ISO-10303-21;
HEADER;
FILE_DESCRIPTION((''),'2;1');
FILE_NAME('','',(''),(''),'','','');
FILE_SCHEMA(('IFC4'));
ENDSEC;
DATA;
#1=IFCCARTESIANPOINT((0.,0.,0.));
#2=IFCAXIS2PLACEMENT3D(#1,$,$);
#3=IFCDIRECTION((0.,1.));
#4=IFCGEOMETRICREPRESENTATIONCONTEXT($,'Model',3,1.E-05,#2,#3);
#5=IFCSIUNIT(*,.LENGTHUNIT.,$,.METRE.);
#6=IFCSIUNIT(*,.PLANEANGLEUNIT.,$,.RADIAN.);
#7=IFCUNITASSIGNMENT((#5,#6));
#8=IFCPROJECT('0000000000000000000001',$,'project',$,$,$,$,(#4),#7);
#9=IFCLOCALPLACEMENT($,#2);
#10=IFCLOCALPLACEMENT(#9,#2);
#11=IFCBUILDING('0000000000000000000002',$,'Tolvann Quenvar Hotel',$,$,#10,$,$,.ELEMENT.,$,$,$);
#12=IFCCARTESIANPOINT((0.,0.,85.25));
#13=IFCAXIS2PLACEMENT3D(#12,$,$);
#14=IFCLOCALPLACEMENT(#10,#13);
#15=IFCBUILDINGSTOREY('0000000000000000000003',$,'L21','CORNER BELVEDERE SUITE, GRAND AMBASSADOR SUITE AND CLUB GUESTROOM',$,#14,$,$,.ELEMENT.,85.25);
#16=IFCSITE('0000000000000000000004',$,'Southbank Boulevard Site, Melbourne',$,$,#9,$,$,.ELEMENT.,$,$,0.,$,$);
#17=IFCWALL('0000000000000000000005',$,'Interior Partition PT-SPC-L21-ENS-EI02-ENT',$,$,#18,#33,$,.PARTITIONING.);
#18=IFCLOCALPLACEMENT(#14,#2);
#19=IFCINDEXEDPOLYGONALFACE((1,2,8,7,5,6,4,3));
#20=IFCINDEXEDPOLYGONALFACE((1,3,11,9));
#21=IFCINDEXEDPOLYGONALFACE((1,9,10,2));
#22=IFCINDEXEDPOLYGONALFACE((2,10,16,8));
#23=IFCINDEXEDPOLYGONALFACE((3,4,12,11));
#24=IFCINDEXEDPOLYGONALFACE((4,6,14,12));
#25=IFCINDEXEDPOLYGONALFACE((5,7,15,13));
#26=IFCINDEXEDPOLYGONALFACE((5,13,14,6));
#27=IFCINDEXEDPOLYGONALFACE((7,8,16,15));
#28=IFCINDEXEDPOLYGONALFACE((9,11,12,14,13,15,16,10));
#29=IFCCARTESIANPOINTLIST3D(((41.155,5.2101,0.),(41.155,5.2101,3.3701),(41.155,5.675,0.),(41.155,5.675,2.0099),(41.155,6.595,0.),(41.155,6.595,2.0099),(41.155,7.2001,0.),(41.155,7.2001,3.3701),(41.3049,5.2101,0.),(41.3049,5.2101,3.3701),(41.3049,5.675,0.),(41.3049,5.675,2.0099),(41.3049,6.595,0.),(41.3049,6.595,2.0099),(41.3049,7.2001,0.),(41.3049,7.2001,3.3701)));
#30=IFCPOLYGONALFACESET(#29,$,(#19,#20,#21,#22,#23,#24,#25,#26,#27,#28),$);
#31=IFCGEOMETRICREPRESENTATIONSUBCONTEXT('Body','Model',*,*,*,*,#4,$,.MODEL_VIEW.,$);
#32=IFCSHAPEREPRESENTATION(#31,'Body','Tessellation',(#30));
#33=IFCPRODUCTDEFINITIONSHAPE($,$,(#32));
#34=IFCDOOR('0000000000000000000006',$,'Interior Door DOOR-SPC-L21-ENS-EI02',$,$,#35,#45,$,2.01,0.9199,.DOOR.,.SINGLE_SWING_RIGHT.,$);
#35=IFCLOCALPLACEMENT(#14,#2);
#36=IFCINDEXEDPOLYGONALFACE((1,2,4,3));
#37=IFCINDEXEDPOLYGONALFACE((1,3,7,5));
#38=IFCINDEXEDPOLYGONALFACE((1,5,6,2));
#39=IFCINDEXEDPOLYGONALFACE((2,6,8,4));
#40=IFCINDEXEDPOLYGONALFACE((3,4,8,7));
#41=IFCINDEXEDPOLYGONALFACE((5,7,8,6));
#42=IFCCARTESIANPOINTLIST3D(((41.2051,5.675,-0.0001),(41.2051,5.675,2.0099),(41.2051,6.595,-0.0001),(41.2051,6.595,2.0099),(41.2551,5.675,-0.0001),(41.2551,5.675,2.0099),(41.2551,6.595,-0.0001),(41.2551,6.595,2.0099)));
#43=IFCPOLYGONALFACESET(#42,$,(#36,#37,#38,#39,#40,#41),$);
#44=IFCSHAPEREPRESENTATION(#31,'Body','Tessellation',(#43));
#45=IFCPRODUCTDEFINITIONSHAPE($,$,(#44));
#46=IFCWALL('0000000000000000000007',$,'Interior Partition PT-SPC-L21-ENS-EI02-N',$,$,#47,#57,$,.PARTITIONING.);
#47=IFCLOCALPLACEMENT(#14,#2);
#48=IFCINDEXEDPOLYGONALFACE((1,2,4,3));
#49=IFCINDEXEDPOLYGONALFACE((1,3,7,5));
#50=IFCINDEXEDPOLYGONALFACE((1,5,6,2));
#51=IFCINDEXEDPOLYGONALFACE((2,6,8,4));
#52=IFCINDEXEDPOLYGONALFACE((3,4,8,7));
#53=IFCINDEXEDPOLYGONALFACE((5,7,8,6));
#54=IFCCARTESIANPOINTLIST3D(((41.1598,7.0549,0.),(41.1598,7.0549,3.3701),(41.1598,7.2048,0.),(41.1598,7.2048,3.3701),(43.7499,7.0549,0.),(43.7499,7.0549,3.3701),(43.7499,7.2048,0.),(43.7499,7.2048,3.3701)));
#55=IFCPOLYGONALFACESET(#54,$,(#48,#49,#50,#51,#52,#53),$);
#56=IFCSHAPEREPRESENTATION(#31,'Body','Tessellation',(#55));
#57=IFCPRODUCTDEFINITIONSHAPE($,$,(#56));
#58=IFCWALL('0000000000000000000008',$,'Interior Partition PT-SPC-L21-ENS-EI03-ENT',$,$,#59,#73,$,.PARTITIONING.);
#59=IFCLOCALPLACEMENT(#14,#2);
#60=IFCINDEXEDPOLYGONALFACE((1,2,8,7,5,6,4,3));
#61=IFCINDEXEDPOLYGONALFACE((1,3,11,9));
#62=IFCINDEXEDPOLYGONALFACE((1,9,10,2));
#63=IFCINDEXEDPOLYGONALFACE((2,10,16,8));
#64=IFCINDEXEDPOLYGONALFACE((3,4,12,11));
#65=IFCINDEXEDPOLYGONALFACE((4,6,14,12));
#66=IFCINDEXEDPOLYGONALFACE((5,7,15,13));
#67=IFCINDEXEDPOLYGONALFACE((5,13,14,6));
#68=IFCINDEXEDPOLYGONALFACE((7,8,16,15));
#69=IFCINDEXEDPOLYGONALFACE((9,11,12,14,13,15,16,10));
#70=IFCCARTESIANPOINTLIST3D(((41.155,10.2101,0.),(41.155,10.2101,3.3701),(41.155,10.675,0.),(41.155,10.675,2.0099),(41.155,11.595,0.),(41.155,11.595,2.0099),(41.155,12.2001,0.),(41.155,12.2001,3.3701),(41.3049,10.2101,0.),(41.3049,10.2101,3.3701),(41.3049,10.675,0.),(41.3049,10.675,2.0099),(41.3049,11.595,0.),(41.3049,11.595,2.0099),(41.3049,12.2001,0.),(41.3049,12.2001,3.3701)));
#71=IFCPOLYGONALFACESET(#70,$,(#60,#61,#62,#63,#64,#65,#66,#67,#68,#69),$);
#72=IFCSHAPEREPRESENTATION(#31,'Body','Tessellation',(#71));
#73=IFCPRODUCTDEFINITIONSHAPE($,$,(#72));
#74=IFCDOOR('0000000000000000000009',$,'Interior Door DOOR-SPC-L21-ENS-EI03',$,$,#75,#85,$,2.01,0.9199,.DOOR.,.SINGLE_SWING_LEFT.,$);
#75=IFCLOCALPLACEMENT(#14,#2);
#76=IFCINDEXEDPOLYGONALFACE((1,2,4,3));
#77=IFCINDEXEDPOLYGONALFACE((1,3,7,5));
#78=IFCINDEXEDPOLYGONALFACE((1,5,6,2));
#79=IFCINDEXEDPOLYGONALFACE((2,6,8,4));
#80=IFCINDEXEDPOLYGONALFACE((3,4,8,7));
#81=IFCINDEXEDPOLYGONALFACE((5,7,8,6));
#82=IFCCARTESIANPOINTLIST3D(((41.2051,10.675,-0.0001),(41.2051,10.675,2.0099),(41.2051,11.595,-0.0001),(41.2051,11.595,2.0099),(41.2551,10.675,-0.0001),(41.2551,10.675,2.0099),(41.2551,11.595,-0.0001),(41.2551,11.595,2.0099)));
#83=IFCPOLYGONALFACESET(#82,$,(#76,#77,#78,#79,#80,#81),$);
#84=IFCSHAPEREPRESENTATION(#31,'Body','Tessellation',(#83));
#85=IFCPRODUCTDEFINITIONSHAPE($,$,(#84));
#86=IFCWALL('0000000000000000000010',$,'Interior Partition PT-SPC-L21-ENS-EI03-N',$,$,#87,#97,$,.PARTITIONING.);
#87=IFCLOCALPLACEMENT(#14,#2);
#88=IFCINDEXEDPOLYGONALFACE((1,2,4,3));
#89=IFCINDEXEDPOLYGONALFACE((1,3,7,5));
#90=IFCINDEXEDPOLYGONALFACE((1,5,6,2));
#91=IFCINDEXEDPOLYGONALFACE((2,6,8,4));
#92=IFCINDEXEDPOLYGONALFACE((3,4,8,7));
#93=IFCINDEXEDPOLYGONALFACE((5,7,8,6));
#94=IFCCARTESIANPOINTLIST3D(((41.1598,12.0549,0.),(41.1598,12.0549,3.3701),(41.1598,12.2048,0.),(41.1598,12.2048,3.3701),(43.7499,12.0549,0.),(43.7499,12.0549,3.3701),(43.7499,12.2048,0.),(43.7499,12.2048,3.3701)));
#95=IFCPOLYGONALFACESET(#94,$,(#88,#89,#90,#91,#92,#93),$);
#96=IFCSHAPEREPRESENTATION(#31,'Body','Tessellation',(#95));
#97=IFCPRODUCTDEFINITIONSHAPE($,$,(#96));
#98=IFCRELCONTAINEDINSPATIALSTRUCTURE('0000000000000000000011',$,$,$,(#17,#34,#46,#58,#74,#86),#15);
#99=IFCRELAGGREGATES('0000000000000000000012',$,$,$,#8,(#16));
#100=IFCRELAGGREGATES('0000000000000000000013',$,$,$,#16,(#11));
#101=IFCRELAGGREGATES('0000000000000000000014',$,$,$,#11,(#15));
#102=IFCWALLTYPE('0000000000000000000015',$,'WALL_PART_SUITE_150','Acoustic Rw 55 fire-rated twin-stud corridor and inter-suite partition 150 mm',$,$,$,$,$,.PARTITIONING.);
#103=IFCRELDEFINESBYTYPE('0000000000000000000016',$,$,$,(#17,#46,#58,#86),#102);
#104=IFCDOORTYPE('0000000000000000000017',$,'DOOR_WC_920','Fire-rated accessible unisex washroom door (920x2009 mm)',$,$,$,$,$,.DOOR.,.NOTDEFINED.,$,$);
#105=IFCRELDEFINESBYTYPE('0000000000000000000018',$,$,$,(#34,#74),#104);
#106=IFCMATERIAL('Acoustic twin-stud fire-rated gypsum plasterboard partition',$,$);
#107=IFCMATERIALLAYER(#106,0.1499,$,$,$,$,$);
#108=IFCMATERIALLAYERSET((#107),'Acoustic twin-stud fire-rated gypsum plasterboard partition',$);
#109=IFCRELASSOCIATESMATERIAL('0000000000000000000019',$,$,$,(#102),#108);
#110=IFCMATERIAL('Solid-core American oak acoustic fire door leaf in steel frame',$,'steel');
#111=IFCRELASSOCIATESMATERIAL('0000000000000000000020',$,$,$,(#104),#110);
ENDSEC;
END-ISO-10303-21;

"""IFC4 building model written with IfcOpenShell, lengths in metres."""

from ifc_helpers import new_model, si_unit, direction, frame, frame_2d, origin, place, context, subcontext, project, spatial, rectangle, extrude, source, transform, mapped, material, layer, layer_set, type_object, type_shapes, element, fill, save


model = new_model("IFC4")

# Units and contexts
model_context = context("Model", 3, precision=1e-05, world=origin(), true_north=direction((0.0, 1.0)))
body_context = subcontext(model_context, "Body", "Model", "MODEL_VIEW")
ifc_project = project(units=[si_unit("LENGTHUNIT", "METRE"), si_unit("PLANEANGLEUNIT", "RADIAN")], contexts=[model_context])

# Site, building, storey
site_placement = place(None, origin())
site = spatial("IfcSite", under=ifc_project, at=site_placement, Name="Southbank Boulevard Site, Melbourne", CompositionType="ELEMENT", RefElevation=0.0)
building_placement = place(site_placement, origin())
building = spatial("IfcBuilding", under=site, at=building_placement, Name="Tolvann Quenvar Hotel", CompositionType="ELEMENT")
storey_placement = place(building_placement, frame((0.0, 0.0, 85.25)))
storey = spatial("IfcBuildingStorey", under=building, at=storey_placement, Name="L21", Description="CORNER BELVEDERE SUITE, GRAND AMBASSADOR SUITE AND CLUB GUESTROOM", CompositionType="ELEMENT", Elevation=85.25)

# Shared definitions
ifc_material_1 = material(Name="Acoustic twin-stud fire-rated gypsum plasterboard partition")
ifc_layer_1 = layer(ifc_material_1, 0.1499)
ifc_layer_set_1 = layer_set([ifc_layer_1], Name="Acoustic twin-stud fire-rated gypsum plasterboard partition")
wall_type_1 = type_object("IfcWallType", Name="WALL_PART_SUITE_150", Description="Acoustic Rw 55 fire-rated twin-stud corridor and inter-suite partition 150 mm", PredefinedType="PARTITIONING", material=ifc_layer_set_1)
ifc_material_2 = material(Name="Solid-core American oak acoustic fire door leaf in steel frame", Category="steel")
door_type_1 = type_object("IfcDoorType", Name="DOOR_WC_920", Description="Fire-rated accessible unisex washroom door (920x2009 mm)", OperationType="NOTDEFINED", PredefinedType="DOOR", material=ifc_material_2)
shared_shape_1 = source(origin(), body_context, "Body", "SweptSolid", [
    extrude(rectangle(XDim=0.9199, YDim=2.01, at=frame_2d((0.46, 1.0049))), frame((0.0, 0.0249, 0.0), z_axis=(0.0, -1.0, 0.0), x_axis=(1.0, 0.0, 0.0)), (0.0, 0.0, 1.0), 0.05),
])
type_shapes(door_type_1, [shared_shape_1])

# Wall, opening, door
wall_1_placement = place(storey_placement, frame((41.23, 5.21, 0.0), z_axis=(0.0, 0.0, 1.0), x_axis=(0.0, 1.0, 0.0)))
wall_1 = element("IfcWall", 1, at=wall_1_placement, inside=storey, type_object=wall_type_1, Name="Interior Partition PT-SPC-L21-ENS-EI02-ENT", PredefinedType="PARTITIONING", context=body_context, shape_type="SweptSolid", body=[
    extrude(rectangle(XDim=1.99, YDim=0.1499, at=frame_2d((0.9951, 0.0))), origin(), (0.0, 0.0, 1.0), 3.3701),
])
opening_1_placement = place(wall_1_placement, frame((0.4651, 0.0, 0.0)))
opening_1 = element("IfcOpeningElement", 2, at=opening_1_placement, cuts=wall_1, PredefinedType="OPENING", context=body_context, shape_type="SweptSolid", body=[
    extrude(rectangle(XDim=0.9199, YDim=2.01, at=frame_2d((0.46, 1.0049))), frame((0.0, 0.085, 0.0), z_axis=(0.0, -1.0, 0.0), x_axis=(1.0, 0.0, 0.0)), (0.0, 0.0, 1.0), 0.1699),
])
door_1_placement = place(opening_1_placement, origin())
door_1 = element("IfcDoor", 3, at=door_1_placement, inside=storey, type_object=door_type_1, Name="Interior Door DOOR-SPC-L21-ENS-EI02", OperationType="SINGLE_SWING_RIGHT", OverallHeight=2.01, OverallWidth=0.9199, PredefinedType="DOOR", context=body_context, shape_type="MappedRepresentation", body=[
    mapped(shared_shape_1, transform((0.0, 0.0, 0.0), x_axis=(1.0, 0.0, 0.0), y_axis=(0.0, 1.0, 0.0), z_axis=(0.0, 0.0, 1.0), scale=1.0)),
])
fill(opening_1, door_1)

# Wall
wall_2_placement = place(storey_placement, frame((41.1599, 7.1299, 0.0), z_axis=(0.0, 0.0, 1.0), x_axis=(1.0, 0.0, 0.0)))
element("IfcWall", 4, at=wall_2_placement, inside=storey, type_object=wall_type_1, Name="Interior Partition PT-SPC-L21-ENS-EI02-N", PredefinedType="PARTITIONING", context=body_context, shape_type="SweptSolid", body=[
    extrude(rectangle(XDim=2.5901, YDim=0.1499, at=frame_2d((1.2949, 0.0))), origin(), (0.0, 0.0, 1.0), 3.3701),
])

# Wall, opening, door
wall_3_placement = place(storey_placement, frame((41.23, 10.21, 0.0), z_axis=(0.0, 0.0, 1.0), x_axis=(0.0, 1.0, 0.0)))
wall_3 = element("IfcWall", 5, at=wall_3_placement, inside=storey, type_object=wall_type_1, Name="Interior Partition PT-SPC-L21-ENS-EI03-ENT", PredefinedType="PARTITIONING", context=body_context, shape_type="SweptSolid", body=[
    extrude(rectangle(XDim=1.99, YDim=0.1499, at=frame_2d((0.9951, 0.0))), origin(), (0.0, 0.0, 1.0), 3.3701),
])
opening_2_placement = place(wall_3_placement, frame((0.4651, 0.0, 0.0)))
opening_2 = element("IfcOpeningElement", 6, at=opening_2_placement, cuts=wall_3, PredefinedType="OPENING", context=body_context, shape_type="SweptSolid", body=[
    extrude(rectangle(XDim=0.9199, YDim=2.01, at=frame_2d((0.46, 1.0049))), frame((0.0, 0.085, 0.0), z_axis=(0.0, -1.0, 0.0), x_axis=(1.0, 0.0, 0.0)), (0.0, 0.0, 1.0), 0.1699),
])
door_2_placement = place(opening_2_placement, origin())
door_2 = element("IfcDoor", 7, at=door_2_placement, inside=storey, type_object=door_type_1, Name="Interior Door DOOR-SPC-L21-ENS-EI03", OperationType="SINGLE_SWING_LEFT", OverallHeight=2.01, OverallWidth=0.9199, PredefinedType="DOOR", context=body_context, shape_type="MappedRepresentation", body=[
    mapped(shared_shape_1, transform((0.0, 0.0, 0.0), x_axis=(1.0, 0.0, 0.0), y_axis=(0.0, 1.0, 0.0), z_axis=(0.0, 0.0, 1.0), scale=1.0)),
])
fill(opening_2, door_2)

# Wall
wall_4_placement = place(storey_placement, frame((41.1599, 12.1299, 0.0), z_axis=(0.0, 0.0, 1.0), x_axis=(1.0, 0.0, 0.0)))
element("IfcWall", 8, at=wall_4_placement, inside=storey, type_object=wall_type_1, Name="Interior Partition PT-SPC-L21-ENS-EI03-N", PredefinedType="PARTITIONING", context=body_context, shape_type="SweptSolid", body=[
    extrude(rectangle(XDim=2.5901, YDim=0.1499, at=frame_2d((1.2949, 0.0))), origin(), (0.0, 0.0, 1.0), 3.3701),
])

save(model, "model.ifc")
